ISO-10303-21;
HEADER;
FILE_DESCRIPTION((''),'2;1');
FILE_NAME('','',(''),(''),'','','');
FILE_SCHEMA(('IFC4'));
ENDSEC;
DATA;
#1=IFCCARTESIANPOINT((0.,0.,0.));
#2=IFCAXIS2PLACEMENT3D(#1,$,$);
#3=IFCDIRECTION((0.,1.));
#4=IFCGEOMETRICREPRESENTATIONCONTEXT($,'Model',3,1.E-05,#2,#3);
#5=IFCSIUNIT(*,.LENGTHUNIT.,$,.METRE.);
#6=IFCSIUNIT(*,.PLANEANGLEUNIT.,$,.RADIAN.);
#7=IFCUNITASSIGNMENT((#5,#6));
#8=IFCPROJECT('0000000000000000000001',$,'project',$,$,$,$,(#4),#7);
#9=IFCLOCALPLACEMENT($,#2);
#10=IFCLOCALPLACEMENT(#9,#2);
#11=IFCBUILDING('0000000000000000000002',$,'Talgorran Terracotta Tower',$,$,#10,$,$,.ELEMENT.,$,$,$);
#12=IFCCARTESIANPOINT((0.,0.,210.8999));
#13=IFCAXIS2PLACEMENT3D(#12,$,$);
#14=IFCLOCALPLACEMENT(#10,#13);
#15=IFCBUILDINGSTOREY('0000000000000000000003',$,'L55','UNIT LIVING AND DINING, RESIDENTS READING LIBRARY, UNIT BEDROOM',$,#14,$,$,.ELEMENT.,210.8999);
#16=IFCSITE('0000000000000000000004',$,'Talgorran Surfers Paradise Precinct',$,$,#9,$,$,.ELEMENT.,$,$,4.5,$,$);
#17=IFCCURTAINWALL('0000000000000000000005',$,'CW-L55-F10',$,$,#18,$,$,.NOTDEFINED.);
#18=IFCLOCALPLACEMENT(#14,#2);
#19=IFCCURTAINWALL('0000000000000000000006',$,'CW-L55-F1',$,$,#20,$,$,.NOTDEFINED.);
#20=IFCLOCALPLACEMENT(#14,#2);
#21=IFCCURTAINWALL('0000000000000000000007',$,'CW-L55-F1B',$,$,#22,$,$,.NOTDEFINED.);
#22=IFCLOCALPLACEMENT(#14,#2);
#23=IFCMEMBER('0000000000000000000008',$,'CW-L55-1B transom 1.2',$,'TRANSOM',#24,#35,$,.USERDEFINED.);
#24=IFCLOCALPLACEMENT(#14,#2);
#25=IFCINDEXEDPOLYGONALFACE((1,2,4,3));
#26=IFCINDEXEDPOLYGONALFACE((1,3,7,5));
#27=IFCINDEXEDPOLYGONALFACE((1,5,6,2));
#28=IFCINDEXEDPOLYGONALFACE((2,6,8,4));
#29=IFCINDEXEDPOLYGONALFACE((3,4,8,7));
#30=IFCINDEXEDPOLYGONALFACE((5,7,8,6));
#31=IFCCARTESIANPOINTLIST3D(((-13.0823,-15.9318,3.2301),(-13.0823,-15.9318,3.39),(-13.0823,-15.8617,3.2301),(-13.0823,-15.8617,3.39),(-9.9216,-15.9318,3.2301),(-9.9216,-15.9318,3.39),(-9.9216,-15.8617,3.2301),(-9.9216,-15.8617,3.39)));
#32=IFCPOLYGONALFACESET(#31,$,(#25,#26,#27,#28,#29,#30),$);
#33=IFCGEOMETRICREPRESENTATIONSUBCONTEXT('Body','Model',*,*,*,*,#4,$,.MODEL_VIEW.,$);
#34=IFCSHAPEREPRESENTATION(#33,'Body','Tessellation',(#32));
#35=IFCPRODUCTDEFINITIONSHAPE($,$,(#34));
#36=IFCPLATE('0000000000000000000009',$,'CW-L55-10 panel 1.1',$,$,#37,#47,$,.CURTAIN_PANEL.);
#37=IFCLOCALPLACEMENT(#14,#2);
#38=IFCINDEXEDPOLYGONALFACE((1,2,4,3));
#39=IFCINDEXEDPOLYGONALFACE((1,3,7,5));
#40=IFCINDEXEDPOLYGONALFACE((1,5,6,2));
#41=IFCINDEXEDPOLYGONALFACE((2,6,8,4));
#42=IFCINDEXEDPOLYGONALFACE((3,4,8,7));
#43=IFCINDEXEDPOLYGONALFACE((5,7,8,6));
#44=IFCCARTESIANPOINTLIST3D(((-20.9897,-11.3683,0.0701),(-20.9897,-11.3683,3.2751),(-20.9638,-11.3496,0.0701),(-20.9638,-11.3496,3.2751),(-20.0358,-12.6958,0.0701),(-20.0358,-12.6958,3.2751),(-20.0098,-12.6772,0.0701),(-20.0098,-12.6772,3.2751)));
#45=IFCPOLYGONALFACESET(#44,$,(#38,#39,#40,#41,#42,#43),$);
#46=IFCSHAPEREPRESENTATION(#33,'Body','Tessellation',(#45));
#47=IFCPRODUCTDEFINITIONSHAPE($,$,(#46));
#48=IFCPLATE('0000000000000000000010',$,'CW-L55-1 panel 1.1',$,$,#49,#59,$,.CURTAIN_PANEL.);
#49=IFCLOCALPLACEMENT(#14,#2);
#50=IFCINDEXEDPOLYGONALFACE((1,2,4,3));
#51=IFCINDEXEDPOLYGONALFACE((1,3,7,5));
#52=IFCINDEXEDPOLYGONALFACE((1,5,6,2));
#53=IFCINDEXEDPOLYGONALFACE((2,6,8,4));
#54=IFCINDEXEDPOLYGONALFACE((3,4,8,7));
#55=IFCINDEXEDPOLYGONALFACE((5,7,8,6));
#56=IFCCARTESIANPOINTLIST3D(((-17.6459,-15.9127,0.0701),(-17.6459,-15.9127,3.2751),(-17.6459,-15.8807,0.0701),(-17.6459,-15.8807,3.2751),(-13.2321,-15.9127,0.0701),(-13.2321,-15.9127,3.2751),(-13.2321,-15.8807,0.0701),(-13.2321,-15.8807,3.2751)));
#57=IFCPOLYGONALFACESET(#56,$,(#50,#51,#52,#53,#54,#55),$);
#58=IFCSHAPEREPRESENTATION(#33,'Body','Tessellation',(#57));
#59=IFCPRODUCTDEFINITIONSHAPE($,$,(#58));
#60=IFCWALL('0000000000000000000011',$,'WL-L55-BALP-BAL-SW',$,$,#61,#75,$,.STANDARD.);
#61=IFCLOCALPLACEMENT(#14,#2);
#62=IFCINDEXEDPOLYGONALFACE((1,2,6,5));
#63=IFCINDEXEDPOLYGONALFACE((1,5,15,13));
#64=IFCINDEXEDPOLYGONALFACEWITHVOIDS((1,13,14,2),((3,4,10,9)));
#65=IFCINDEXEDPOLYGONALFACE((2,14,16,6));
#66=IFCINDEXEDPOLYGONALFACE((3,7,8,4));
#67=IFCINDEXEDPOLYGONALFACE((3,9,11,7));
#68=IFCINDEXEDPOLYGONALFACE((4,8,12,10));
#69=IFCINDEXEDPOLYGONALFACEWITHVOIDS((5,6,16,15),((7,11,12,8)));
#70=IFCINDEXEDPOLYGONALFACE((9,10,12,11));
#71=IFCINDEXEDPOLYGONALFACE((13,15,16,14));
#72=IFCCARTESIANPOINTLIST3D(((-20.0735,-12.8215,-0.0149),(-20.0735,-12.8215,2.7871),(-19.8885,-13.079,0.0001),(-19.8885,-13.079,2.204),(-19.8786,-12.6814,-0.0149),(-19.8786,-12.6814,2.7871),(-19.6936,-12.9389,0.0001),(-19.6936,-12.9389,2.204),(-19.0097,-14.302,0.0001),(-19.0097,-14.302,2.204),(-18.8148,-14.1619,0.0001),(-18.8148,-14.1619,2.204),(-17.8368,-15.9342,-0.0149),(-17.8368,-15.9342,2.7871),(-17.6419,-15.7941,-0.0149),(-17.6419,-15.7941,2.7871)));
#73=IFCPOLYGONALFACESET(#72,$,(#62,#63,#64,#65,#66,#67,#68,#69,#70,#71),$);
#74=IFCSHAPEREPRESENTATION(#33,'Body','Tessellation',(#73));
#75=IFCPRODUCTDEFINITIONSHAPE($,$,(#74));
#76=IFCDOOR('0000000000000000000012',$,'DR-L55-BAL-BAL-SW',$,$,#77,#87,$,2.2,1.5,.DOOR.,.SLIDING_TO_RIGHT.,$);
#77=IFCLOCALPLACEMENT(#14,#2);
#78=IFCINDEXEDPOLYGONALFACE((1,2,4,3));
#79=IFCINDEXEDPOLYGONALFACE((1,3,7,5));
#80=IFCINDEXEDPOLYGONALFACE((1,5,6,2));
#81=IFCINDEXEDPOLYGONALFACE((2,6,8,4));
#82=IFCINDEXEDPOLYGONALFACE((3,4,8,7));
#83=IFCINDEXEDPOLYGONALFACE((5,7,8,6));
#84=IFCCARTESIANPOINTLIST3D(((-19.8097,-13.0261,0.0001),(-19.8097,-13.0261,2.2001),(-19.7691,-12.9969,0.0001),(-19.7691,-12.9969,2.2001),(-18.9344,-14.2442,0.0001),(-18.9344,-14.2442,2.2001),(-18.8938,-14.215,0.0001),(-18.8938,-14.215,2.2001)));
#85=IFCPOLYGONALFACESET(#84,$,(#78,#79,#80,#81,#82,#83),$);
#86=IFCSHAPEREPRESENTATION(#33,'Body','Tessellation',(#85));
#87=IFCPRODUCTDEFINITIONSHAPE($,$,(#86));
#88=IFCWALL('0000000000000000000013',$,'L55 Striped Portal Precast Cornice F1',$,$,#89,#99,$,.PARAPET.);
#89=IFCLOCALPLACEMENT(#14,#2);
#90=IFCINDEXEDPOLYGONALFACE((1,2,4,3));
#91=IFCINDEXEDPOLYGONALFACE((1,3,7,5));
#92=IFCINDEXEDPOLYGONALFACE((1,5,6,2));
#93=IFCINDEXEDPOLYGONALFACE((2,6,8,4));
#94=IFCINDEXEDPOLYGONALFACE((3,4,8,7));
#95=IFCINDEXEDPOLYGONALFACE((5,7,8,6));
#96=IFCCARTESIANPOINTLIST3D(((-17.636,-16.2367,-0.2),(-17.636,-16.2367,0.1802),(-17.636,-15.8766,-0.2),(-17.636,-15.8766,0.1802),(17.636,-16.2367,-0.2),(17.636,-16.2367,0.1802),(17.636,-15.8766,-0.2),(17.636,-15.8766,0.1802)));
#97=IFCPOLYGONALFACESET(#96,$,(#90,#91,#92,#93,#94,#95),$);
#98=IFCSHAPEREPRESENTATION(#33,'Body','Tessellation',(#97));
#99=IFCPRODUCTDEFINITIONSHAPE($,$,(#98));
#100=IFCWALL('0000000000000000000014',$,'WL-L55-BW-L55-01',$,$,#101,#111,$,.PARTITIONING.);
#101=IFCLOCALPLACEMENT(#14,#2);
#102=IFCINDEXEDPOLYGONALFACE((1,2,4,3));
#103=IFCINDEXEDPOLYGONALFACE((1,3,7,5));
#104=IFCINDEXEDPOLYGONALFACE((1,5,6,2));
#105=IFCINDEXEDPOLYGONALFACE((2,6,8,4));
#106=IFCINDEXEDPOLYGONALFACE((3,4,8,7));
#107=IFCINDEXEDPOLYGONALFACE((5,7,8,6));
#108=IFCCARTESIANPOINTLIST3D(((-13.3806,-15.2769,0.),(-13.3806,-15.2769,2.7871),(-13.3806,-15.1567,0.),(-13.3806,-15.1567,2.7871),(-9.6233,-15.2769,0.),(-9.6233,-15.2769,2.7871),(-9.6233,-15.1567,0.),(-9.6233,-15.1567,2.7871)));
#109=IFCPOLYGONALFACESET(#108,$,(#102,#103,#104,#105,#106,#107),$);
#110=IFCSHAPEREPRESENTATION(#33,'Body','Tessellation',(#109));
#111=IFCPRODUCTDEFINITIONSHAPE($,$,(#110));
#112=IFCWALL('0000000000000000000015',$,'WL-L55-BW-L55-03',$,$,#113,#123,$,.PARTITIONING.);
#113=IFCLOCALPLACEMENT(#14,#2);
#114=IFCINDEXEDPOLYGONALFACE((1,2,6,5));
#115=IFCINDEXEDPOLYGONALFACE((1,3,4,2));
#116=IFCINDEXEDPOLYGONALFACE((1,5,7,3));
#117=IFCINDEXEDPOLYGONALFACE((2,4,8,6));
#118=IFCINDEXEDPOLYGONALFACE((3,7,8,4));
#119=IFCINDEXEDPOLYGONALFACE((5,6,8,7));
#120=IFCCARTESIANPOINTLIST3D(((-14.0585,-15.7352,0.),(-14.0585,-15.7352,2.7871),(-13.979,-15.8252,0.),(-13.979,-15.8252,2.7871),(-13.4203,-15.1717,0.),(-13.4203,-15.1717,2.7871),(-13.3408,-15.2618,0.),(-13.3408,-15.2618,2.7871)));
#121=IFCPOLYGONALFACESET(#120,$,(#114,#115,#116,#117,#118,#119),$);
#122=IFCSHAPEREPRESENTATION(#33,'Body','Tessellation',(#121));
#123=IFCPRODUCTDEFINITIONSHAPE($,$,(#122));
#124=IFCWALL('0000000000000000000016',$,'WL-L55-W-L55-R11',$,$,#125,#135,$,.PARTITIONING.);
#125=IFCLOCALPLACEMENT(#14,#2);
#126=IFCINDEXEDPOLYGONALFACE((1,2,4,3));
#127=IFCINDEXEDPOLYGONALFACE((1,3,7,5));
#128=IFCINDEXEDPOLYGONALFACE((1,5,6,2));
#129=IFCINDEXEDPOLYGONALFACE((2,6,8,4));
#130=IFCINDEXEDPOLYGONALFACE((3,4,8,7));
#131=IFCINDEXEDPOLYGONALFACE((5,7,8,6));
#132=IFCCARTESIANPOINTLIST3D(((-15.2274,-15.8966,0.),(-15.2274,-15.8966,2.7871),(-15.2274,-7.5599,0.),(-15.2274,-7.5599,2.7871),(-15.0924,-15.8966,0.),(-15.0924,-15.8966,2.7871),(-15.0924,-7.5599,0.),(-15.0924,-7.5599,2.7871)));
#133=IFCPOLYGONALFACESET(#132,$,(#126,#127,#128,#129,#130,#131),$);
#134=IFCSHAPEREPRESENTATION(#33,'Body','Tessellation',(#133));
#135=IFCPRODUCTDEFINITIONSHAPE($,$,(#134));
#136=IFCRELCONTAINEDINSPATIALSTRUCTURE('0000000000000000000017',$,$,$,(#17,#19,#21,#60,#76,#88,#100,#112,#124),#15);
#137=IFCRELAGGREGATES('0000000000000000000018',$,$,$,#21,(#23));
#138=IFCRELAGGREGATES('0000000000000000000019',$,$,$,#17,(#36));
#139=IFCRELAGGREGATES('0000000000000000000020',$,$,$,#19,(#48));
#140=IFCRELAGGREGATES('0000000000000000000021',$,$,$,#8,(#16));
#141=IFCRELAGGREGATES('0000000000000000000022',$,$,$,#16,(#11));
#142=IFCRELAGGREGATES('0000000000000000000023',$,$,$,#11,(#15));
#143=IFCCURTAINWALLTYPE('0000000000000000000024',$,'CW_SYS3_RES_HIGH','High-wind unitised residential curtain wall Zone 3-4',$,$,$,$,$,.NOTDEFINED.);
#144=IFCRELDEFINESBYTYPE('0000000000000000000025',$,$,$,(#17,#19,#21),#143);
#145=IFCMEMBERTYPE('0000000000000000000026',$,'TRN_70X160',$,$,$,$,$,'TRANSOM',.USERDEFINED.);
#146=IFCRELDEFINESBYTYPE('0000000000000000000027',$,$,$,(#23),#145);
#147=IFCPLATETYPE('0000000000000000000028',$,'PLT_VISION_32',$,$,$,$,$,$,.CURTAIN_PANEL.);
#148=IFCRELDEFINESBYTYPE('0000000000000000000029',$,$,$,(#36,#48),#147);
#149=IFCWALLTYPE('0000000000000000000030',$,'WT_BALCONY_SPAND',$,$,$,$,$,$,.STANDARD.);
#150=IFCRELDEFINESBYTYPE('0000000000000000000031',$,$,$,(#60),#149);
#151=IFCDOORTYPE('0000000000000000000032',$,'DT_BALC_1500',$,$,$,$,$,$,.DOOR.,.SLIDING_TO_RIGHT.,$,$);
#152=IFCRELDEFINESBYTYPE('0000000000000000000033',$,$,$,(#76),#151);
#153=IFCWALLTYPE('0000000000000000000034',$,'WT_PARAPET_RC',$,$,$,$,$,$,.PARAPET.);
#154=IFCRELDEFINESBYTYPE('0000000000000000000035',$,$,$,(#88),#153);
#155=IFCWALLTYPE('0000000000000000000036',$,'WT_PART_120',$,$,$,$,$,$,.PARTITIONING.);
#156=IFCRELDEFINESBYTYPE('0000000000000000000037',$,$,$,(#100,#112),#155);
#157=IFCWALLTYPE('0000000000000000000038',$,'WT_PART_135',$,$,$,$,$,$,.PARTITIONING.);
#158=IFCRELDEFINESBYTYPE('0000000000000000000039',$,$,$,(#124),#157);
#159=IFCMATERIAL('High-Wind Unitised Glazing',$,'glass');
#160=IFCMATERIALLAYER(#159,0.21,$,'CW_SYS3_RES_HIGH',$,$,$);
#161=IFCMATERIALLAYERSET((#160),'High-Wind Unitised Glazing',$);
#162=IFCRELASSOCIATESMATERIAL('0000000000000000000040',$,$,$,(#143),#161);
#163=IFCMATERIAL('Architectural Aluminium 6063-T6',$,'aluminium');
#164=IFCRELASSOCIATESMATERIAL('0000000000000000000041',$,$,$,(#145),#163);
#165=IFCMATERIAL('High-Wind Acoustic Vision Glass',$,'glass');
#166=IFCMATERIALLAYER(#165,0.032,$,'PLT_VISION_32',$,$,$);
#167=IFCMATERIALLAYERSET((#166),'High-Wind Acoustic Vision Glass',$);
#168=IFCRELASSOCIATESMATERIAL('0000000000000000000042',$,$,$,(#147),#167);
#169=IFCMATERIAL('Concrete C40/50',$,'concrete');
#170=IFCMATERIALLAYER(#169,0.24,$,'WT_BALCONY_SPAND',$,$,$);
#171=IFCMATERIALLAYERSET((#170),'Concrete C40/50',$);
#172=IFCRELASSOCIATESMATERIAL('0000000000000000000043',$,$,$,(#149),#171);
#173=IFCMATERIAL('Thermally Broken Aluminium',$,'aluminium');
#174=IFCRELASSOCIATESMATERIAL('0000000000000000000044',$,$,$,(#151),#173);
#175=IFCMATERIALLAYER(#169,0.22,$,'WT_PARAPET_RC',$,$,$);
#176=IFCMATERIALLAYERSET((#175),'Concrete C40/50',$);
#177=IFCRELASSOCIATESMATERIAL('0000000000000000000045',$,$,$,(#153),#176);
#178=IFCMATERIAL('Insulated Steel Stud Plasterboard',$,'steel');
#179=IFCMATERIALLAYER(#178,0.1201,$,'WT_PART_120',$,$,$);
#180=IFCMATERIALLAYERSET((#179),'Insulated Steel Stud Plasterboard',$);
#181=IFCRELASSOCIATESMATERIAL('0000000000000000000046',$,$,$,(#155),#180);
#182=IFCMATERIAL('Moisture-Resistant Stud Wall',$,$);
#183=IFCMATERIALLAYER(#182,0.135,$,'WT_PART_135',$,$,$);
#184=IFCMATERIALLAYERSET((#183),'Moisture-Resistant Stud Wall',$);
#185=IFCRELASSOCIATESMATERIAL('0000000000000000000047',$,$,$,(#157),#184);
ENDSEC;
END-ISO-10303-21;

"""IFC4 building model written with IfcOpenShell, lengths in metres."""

from ifc_helpers import new_model, si_unit, direction, frame, frame_2d, origin, origin_2d, place, context, subcontext, project, spatial, rectangle, extrude, source, transform, mapped, material, layer, layer_set, material_profile, profile_set, type_object, type_shapes, element, fill, aggregate, save


model = new_model("IFC4")

# Units and contexts
model_context = context("Model", 3, precision=1e-05, world=origin(), true_north=direction((0.0, 1.0)))
body_context = subcontext(model_context, "Body", "Model", "MODEL_VIEW")
ifc_project = project(units=[si_unit("LENGTHUNIT", "METRE"), si_unit("PLANEANGLEUNIT", "RADIAN")], contexts=[model_context])

# Site, building, storey
site_placement = place(None, origin())
site = spatial("IfcSite", under=ifc_project, at=site_placement, Name="Talgorran Surfers Paradise Precinct", CompositionType="ELEMENT", RefElevation=4.5)
building_placement = place(site_placement, origin())
building = spatial("IfcBuilding", under=site, at=building_placement, Name="Talgorran Terracotta Tower", CompositionType="ELEMENT")
storey_placement = place(building_placement, frame((0.0, 0.0, 210.8999)))
storey = spatial("IfcBuildingStorey", under=building, at=storey_placement, Name="L55", Description="UNIT LIVING AND DINING, RESIDENTS READING LIBRARY, UNIT BEDROOM", CompositionType="ELEMENT", Elevation=210.8999)

# Curtain wall
ifc_material_1 = material(Name="High-Wind Unitised Glazing", Category="glass")
ifc_layer_1 = layer(ifc_material_1, 0.21, Name="CW_SYS3_RES_HIGH")
ifc_layer_set_1 = layer_set([ifc_layer_1], Name="High-Wind Unitised Glazing")
curtain_wall_type = type_object("IfcCurtainWallType", Name="CW_SYS3_RES_HIGH", Description="High-wind unitised residential curtain wall Zone 3-4", PredefinedType="NOTDEFINED", material=ifc_layer_set_1)
curtain_wall_1_placement = place(storey_placement, origin())
curtain_wall_1 = element("IfcCurtainWall", 1, at=curtain_wall_1_placement, inside=storey, type_object=curtain_wall_type, Name="CW-L55-F10", PredefinedType="NOTDEFINED")
ifc_material_2 = material(Name="Architectural Aluminium 6063-T6", Category="aluminium")

# Curtain wall
curtain_wall_2_placement = place(storey_placement, origin())
curtain_wall_2 = element("IfcCurtainWall", 2, at=curtain_wall_2_placement, inside=storey, type_object=curtain_wall_type, Name="CW-L55-F1", PredefinedType="NOTDEFINED")

# Curtain wall
curtain_wall_3_placement = place(storey_placement, origin())
curtain_wall_3 = element("IfcCurtainWall", 3, at=curtain_wall_3_placement, inside=storey, type_object=curtain_wall_type, Name="CW-L55-F1B", PredefinedType="NOTDEFINED")

# Member
ifc_material_profile_1 = material_profile(ifc_material_2, rectangle(XDim=0.0701, YDim=0.1599, at=origin_2d()), Name="CWT70X160")
ifc_profile_set_1 = profile_set([ifc_material_profile_1], Name="Architectural Aluminium 6063-T6")
member_type_1 = type_object("IfcMemberType", Name="TRN_70X160", ElementType="TRANSOM", PredefinedType="USERDEFINED", material=ifc_profile_set_1)
member_1_placement = place(storey_placement, frame((-13.0823, -15.8967, 3.3101), z_axis=(1.0, 0.0, 0.0), x_axis=(0.0, 1.0, 0.0)))
member_1 = element("IfcMember", 4, at=member_1_placement, type_object=member_type_1, Name="CW-L55-1B transom 1.2", ObjectType="TRANSOM", PredefinedType="USERDEFINED", context=body_context, shape_type="SweptSolid", body=[
    extrude(rectangle(XDim=0.0701, YDim=0.1599, at=origin_2d()), origin(), (0.0, 0.0, 1.0), 3.1606),
])
aggregate(curtain_wall_3, [member_1])

# Plates
ifc_material_3 = material(Name="High-Wind Acoustic Vision Glass", Category="glass")
ifc_layer_2 = layer(ifc_material_3, 0.032, Name="PLT_VISION_32")
ifc_layer_set_2 = layer_set([ifc_layer_2], Name="High-Wind Acoustic Vision Glass")
plate_type = type_object("IfcPlateType", Name="PLT_VISION_32", PredefinedType="CURTAIN_PANEL", material=ifc_layer_set_2)
shared_shape_1 = source(origin(), body_context, "Body", "SweptSolid", [
    extrude(rectangle(XDim=1.6348, YDim=0.032, at=origin_2d()), origin(), (0.0, 0.0, 1.0), 3.2051),
])
plate_1_placement = place(storey_placement, frame((-20.4998, -12.0227, 0.0701), z_axis=(0.0, 0.0, 1.0), x_axis=(0.583549, -0.812078, 0.0)))
plate_1 = element("IfcPlate", 5, at=plate_1_placement, type_object=plate_type, Name="CW-L55-10 panel 1.1", PredefinedType="CURTAIN_PANEL", context=body_context, shape_type="MappedRepresentation", body=[
    mapped(shared_shape_1, transform((0.0, 0.0, 0.0), scale=1.0)),
])
aggregate(curtain_wall_1, [plate_1])
shared_shape_2 = source(origin(), body_context, "Body", "SweptSolid", [
    extrude(rectangle(XDim=4.4138, YDim=0.032, at=origin_2d()), origin(), (0.0, 0.0, 1.0), 3.2051),
])
type_shapes(plate_type, [shared_shape_1, shared_shape_2])
plate_2_placement = place(storey_placement, frame((-15.439, -15.8967, 0.0701), z_axis=(0.0, 0.0, 1.0), x_axis=(1.0, 0.0, 0.0)))
plate_2 = element("IfcPlate", 6, at=plate_2_placement, type_object=plate_type, Name="CW-L55-1 panel 1.1", PredefinedType="CURTAIN_PANEL", context=body_context, shape_type="MappedRepresentation", body=[
    mapped(shared_shape_2, transform((0.0, 0.0, 0.0), scale=1.0)),
])
aggregate(curtain_wall_2, [plate_2])

# Wall, opening, door
ifc_material_4 = material(Name="Concrete C40/50", Category="concrete")
ifc_layer_3 = layer(ifc_material_4, 0.24, Name="WT_BALCONY_SPAND")
ifc_layer_set_3 = layer_set([ifc_layer_3], Name="Concrete C40/50")
wall_type_1 = type_object("IfcWallType", Name="WT_BALCONY_SPAND", PredefinedType="STANDARD", material=ifc_layer_set_3)
wall_1_placement = place(storey_placement, frame((-19.9761, -12.7515, -0.0149), z_axis=(0.0, 0.0, 1.0), x_axis=(0.583549, -0.812078, 0.0)))
wall_1 = element("IfcWall", 7, at=wall_1_placement, inside=storey, type_object=wall_type_1, Name="WL-L55-BALP-BAL-SW", PredefinedType="STANDARD", context=body_context, shape_type="SweptSolid", body=[
    extrude(rectangle(XDim=3.833, YDim=0.24, at=frame_2d((1.9165, 0.0))), origin(), (0.0, 0.0, 1.0), 2.802),
])
opening_placement = place(wall_1_placement, frame((0.3201, 0.0, 0.0149)))
opening = element("IfcOpeningElement", 8, at=opening_placement, cuts=wall_1, PredefinedType="OPENING", context=body_context, shape_type="SweptSolid", body=[
    extrude(rectangle(XDim=1.506, YDim=2.204, at=frame_2d((0.75, 1.1021))), frame((0.0, 0.1299, 0.0), z_axis=(0.0, -1.0, 0.0), x_axis=(1.0, 0.0, 0.0)), (0.0, 0.0, 1.0), 0.26),
])
ifc_material_5 = material(Name="Thermally Broken Aluminium", Category="aluminium")
door_type = type_object("IfcDoorType", Name="DT_BALC_1500", OperationType="SLIDING_TO_RIGHT", PredefinedType="DOOR", material=ifc_material_5)
door_placement = place(opening_placement, origin())
door = element("IfcDoor", 9, at=door_placement, inside=storey, type_object=door_type, Name="DR-L55-BAL-BAL-SW", OperationType="SLIDING_TO_RIGHT", OverallHeight=2.2, OverallWidth=1.5, PredefinedType="DOOR", context=body_context, shape_type="SweptSolid", body=[
    extrude(rectangle(XDim=1.5, YDim=2.2, at=frame_2d((0.75, 1.1001))), frame((0.0, 0.0249, 0.0), z_axis=(0.0, -1.0, 0.0), x_axis=(1.0, 0.0, 0.0)), (0.0, 0.0, 1.0), 0.05),
])
fill(opening, door)

# Walls
ifc_layer_4 = layer(ifc_material_4, 0.22, Name="WT_PARAPET_RC")
ifc_layer_set_4 = layer_set([ifc_layer_4], Name="Concrete C40/50")
wall_type_2 = type_object("IfcWallType", Name="WT_PARAPET_RC", PredefinedType="PARAPET", material=ifc_layer_set_4)
wall_2_placement = place(storey_placement, frame((-17.636, -16.0566, -0.2), z_axis=(0.0, 0.0, 1.0), x_axis=(1.0, 0.0, 0.0)))
element("IfcWall", 10, at=wall_2_placement, inside=storey, type_object=wall_type_2, Name="L55 Striped Portal Precast Cornice F1", PredefinedType="PARAPET", context=body_context, shape_type="SweptSolid", body=[
    extrude(rectangle(XDim=35.272, YDim=0.3601, at=frame_2d((17.636, 0.0))), origin(), (0.0, 0.0, 1.0), 0.3801),
])
ifc_material_6 = material(Name="Insulated Steel Stud Plasterboard", Category="steel")
ifc_layer_5 = layer(ifc_material_6, 0.1201, Name="WT_PART_120")
ifc_layer_set_5 = layer_set([ifc_layer_5], Name="Insulated Steel Stud Plasterboard")
wall_type_3 = type_object("IfcWallType", Name="WT_PART_120", PredefinedType="PARTITIONING", material=ifc_layer_set_5)
wall_3_placement = place(storey_placement, frame((-13.3806, -15.2168, 0.0), z_axis=(0.0, 0.0, 1.0), x_axis=(1.0, 0.0, 0.0)))
element("IfcWall", 11, at=wall_3_placement, inside=storey, type_object=wall_type_3, Name="WL-L55-BW-L55-01", PredefinedType="PARTITIONING", context=body_context, shape_type="SweptSolid", body=[
    extrude(rectangle(XDim=3.7573, YDim=0.1201, at=frame_2d((1.8787, 0.0))), origin(), (0.0, 0.0, 1.0), 2.7871),
])
wall_4_placement = place(storey_placement, frame((-14.0188, -15.7803, 0.0), z_axis=(0.0, 0.0, 1.0), x_axis=(0.74962, 0.661868, 0.0)))
element("IfcWall", 12, at=wall_4_placement, inside=storey, type_object=wall_type_3, Name="WL-L55-BW-L55-03", PredefinedType="PARTITIONING", context=body_context, shape_type="SweptSolid", body=[
    extrude(rectangle(XDim=0.8513, YDim=0.1201, at=frame_2d((0.4258, 0.0))), origin(), (0.0, 0.0, 1.0), 2.7871),
])
ifc_material_7 = material(Name="Moisture-Resistant Stud Wall")
ifc_layer_6 = layer(ifc_material_7, 0.135, Name="WT_PART_135")
ifc_layer_set_6 = layer_set([ifc_layer_6], Name="Moisture-Resistant Stud Wall")
wall_type_4 = type_object("IfcWallType", Name="WT_PART_135", PredefinedType="PARTITIONING", material=ifc_layer_set_6)
wall_5_placement = place(storey_placement, frame((-15.1599, -15.8967, 0.0), z_axis=(0.0, 0.0, 1.0), x_axis=(0.0, 1.0, 0.0)))
element("IfcWall", 13, at=wall_5_placement, inside=storey, type_object=wall_type_4, Name="WL-L55-W-L55-R11", PredefinedType="PARTITIONING", context=body_context, shape_type="SweptSolid", body=[
    extrude(rectangle(XDim=8.3367, YDim=0.135, at=frame_2d((4.1685, 0.0))), origin(), (0.0, 0.0, 1.0), 2.7871),
])

save(model, "model.ifc")
